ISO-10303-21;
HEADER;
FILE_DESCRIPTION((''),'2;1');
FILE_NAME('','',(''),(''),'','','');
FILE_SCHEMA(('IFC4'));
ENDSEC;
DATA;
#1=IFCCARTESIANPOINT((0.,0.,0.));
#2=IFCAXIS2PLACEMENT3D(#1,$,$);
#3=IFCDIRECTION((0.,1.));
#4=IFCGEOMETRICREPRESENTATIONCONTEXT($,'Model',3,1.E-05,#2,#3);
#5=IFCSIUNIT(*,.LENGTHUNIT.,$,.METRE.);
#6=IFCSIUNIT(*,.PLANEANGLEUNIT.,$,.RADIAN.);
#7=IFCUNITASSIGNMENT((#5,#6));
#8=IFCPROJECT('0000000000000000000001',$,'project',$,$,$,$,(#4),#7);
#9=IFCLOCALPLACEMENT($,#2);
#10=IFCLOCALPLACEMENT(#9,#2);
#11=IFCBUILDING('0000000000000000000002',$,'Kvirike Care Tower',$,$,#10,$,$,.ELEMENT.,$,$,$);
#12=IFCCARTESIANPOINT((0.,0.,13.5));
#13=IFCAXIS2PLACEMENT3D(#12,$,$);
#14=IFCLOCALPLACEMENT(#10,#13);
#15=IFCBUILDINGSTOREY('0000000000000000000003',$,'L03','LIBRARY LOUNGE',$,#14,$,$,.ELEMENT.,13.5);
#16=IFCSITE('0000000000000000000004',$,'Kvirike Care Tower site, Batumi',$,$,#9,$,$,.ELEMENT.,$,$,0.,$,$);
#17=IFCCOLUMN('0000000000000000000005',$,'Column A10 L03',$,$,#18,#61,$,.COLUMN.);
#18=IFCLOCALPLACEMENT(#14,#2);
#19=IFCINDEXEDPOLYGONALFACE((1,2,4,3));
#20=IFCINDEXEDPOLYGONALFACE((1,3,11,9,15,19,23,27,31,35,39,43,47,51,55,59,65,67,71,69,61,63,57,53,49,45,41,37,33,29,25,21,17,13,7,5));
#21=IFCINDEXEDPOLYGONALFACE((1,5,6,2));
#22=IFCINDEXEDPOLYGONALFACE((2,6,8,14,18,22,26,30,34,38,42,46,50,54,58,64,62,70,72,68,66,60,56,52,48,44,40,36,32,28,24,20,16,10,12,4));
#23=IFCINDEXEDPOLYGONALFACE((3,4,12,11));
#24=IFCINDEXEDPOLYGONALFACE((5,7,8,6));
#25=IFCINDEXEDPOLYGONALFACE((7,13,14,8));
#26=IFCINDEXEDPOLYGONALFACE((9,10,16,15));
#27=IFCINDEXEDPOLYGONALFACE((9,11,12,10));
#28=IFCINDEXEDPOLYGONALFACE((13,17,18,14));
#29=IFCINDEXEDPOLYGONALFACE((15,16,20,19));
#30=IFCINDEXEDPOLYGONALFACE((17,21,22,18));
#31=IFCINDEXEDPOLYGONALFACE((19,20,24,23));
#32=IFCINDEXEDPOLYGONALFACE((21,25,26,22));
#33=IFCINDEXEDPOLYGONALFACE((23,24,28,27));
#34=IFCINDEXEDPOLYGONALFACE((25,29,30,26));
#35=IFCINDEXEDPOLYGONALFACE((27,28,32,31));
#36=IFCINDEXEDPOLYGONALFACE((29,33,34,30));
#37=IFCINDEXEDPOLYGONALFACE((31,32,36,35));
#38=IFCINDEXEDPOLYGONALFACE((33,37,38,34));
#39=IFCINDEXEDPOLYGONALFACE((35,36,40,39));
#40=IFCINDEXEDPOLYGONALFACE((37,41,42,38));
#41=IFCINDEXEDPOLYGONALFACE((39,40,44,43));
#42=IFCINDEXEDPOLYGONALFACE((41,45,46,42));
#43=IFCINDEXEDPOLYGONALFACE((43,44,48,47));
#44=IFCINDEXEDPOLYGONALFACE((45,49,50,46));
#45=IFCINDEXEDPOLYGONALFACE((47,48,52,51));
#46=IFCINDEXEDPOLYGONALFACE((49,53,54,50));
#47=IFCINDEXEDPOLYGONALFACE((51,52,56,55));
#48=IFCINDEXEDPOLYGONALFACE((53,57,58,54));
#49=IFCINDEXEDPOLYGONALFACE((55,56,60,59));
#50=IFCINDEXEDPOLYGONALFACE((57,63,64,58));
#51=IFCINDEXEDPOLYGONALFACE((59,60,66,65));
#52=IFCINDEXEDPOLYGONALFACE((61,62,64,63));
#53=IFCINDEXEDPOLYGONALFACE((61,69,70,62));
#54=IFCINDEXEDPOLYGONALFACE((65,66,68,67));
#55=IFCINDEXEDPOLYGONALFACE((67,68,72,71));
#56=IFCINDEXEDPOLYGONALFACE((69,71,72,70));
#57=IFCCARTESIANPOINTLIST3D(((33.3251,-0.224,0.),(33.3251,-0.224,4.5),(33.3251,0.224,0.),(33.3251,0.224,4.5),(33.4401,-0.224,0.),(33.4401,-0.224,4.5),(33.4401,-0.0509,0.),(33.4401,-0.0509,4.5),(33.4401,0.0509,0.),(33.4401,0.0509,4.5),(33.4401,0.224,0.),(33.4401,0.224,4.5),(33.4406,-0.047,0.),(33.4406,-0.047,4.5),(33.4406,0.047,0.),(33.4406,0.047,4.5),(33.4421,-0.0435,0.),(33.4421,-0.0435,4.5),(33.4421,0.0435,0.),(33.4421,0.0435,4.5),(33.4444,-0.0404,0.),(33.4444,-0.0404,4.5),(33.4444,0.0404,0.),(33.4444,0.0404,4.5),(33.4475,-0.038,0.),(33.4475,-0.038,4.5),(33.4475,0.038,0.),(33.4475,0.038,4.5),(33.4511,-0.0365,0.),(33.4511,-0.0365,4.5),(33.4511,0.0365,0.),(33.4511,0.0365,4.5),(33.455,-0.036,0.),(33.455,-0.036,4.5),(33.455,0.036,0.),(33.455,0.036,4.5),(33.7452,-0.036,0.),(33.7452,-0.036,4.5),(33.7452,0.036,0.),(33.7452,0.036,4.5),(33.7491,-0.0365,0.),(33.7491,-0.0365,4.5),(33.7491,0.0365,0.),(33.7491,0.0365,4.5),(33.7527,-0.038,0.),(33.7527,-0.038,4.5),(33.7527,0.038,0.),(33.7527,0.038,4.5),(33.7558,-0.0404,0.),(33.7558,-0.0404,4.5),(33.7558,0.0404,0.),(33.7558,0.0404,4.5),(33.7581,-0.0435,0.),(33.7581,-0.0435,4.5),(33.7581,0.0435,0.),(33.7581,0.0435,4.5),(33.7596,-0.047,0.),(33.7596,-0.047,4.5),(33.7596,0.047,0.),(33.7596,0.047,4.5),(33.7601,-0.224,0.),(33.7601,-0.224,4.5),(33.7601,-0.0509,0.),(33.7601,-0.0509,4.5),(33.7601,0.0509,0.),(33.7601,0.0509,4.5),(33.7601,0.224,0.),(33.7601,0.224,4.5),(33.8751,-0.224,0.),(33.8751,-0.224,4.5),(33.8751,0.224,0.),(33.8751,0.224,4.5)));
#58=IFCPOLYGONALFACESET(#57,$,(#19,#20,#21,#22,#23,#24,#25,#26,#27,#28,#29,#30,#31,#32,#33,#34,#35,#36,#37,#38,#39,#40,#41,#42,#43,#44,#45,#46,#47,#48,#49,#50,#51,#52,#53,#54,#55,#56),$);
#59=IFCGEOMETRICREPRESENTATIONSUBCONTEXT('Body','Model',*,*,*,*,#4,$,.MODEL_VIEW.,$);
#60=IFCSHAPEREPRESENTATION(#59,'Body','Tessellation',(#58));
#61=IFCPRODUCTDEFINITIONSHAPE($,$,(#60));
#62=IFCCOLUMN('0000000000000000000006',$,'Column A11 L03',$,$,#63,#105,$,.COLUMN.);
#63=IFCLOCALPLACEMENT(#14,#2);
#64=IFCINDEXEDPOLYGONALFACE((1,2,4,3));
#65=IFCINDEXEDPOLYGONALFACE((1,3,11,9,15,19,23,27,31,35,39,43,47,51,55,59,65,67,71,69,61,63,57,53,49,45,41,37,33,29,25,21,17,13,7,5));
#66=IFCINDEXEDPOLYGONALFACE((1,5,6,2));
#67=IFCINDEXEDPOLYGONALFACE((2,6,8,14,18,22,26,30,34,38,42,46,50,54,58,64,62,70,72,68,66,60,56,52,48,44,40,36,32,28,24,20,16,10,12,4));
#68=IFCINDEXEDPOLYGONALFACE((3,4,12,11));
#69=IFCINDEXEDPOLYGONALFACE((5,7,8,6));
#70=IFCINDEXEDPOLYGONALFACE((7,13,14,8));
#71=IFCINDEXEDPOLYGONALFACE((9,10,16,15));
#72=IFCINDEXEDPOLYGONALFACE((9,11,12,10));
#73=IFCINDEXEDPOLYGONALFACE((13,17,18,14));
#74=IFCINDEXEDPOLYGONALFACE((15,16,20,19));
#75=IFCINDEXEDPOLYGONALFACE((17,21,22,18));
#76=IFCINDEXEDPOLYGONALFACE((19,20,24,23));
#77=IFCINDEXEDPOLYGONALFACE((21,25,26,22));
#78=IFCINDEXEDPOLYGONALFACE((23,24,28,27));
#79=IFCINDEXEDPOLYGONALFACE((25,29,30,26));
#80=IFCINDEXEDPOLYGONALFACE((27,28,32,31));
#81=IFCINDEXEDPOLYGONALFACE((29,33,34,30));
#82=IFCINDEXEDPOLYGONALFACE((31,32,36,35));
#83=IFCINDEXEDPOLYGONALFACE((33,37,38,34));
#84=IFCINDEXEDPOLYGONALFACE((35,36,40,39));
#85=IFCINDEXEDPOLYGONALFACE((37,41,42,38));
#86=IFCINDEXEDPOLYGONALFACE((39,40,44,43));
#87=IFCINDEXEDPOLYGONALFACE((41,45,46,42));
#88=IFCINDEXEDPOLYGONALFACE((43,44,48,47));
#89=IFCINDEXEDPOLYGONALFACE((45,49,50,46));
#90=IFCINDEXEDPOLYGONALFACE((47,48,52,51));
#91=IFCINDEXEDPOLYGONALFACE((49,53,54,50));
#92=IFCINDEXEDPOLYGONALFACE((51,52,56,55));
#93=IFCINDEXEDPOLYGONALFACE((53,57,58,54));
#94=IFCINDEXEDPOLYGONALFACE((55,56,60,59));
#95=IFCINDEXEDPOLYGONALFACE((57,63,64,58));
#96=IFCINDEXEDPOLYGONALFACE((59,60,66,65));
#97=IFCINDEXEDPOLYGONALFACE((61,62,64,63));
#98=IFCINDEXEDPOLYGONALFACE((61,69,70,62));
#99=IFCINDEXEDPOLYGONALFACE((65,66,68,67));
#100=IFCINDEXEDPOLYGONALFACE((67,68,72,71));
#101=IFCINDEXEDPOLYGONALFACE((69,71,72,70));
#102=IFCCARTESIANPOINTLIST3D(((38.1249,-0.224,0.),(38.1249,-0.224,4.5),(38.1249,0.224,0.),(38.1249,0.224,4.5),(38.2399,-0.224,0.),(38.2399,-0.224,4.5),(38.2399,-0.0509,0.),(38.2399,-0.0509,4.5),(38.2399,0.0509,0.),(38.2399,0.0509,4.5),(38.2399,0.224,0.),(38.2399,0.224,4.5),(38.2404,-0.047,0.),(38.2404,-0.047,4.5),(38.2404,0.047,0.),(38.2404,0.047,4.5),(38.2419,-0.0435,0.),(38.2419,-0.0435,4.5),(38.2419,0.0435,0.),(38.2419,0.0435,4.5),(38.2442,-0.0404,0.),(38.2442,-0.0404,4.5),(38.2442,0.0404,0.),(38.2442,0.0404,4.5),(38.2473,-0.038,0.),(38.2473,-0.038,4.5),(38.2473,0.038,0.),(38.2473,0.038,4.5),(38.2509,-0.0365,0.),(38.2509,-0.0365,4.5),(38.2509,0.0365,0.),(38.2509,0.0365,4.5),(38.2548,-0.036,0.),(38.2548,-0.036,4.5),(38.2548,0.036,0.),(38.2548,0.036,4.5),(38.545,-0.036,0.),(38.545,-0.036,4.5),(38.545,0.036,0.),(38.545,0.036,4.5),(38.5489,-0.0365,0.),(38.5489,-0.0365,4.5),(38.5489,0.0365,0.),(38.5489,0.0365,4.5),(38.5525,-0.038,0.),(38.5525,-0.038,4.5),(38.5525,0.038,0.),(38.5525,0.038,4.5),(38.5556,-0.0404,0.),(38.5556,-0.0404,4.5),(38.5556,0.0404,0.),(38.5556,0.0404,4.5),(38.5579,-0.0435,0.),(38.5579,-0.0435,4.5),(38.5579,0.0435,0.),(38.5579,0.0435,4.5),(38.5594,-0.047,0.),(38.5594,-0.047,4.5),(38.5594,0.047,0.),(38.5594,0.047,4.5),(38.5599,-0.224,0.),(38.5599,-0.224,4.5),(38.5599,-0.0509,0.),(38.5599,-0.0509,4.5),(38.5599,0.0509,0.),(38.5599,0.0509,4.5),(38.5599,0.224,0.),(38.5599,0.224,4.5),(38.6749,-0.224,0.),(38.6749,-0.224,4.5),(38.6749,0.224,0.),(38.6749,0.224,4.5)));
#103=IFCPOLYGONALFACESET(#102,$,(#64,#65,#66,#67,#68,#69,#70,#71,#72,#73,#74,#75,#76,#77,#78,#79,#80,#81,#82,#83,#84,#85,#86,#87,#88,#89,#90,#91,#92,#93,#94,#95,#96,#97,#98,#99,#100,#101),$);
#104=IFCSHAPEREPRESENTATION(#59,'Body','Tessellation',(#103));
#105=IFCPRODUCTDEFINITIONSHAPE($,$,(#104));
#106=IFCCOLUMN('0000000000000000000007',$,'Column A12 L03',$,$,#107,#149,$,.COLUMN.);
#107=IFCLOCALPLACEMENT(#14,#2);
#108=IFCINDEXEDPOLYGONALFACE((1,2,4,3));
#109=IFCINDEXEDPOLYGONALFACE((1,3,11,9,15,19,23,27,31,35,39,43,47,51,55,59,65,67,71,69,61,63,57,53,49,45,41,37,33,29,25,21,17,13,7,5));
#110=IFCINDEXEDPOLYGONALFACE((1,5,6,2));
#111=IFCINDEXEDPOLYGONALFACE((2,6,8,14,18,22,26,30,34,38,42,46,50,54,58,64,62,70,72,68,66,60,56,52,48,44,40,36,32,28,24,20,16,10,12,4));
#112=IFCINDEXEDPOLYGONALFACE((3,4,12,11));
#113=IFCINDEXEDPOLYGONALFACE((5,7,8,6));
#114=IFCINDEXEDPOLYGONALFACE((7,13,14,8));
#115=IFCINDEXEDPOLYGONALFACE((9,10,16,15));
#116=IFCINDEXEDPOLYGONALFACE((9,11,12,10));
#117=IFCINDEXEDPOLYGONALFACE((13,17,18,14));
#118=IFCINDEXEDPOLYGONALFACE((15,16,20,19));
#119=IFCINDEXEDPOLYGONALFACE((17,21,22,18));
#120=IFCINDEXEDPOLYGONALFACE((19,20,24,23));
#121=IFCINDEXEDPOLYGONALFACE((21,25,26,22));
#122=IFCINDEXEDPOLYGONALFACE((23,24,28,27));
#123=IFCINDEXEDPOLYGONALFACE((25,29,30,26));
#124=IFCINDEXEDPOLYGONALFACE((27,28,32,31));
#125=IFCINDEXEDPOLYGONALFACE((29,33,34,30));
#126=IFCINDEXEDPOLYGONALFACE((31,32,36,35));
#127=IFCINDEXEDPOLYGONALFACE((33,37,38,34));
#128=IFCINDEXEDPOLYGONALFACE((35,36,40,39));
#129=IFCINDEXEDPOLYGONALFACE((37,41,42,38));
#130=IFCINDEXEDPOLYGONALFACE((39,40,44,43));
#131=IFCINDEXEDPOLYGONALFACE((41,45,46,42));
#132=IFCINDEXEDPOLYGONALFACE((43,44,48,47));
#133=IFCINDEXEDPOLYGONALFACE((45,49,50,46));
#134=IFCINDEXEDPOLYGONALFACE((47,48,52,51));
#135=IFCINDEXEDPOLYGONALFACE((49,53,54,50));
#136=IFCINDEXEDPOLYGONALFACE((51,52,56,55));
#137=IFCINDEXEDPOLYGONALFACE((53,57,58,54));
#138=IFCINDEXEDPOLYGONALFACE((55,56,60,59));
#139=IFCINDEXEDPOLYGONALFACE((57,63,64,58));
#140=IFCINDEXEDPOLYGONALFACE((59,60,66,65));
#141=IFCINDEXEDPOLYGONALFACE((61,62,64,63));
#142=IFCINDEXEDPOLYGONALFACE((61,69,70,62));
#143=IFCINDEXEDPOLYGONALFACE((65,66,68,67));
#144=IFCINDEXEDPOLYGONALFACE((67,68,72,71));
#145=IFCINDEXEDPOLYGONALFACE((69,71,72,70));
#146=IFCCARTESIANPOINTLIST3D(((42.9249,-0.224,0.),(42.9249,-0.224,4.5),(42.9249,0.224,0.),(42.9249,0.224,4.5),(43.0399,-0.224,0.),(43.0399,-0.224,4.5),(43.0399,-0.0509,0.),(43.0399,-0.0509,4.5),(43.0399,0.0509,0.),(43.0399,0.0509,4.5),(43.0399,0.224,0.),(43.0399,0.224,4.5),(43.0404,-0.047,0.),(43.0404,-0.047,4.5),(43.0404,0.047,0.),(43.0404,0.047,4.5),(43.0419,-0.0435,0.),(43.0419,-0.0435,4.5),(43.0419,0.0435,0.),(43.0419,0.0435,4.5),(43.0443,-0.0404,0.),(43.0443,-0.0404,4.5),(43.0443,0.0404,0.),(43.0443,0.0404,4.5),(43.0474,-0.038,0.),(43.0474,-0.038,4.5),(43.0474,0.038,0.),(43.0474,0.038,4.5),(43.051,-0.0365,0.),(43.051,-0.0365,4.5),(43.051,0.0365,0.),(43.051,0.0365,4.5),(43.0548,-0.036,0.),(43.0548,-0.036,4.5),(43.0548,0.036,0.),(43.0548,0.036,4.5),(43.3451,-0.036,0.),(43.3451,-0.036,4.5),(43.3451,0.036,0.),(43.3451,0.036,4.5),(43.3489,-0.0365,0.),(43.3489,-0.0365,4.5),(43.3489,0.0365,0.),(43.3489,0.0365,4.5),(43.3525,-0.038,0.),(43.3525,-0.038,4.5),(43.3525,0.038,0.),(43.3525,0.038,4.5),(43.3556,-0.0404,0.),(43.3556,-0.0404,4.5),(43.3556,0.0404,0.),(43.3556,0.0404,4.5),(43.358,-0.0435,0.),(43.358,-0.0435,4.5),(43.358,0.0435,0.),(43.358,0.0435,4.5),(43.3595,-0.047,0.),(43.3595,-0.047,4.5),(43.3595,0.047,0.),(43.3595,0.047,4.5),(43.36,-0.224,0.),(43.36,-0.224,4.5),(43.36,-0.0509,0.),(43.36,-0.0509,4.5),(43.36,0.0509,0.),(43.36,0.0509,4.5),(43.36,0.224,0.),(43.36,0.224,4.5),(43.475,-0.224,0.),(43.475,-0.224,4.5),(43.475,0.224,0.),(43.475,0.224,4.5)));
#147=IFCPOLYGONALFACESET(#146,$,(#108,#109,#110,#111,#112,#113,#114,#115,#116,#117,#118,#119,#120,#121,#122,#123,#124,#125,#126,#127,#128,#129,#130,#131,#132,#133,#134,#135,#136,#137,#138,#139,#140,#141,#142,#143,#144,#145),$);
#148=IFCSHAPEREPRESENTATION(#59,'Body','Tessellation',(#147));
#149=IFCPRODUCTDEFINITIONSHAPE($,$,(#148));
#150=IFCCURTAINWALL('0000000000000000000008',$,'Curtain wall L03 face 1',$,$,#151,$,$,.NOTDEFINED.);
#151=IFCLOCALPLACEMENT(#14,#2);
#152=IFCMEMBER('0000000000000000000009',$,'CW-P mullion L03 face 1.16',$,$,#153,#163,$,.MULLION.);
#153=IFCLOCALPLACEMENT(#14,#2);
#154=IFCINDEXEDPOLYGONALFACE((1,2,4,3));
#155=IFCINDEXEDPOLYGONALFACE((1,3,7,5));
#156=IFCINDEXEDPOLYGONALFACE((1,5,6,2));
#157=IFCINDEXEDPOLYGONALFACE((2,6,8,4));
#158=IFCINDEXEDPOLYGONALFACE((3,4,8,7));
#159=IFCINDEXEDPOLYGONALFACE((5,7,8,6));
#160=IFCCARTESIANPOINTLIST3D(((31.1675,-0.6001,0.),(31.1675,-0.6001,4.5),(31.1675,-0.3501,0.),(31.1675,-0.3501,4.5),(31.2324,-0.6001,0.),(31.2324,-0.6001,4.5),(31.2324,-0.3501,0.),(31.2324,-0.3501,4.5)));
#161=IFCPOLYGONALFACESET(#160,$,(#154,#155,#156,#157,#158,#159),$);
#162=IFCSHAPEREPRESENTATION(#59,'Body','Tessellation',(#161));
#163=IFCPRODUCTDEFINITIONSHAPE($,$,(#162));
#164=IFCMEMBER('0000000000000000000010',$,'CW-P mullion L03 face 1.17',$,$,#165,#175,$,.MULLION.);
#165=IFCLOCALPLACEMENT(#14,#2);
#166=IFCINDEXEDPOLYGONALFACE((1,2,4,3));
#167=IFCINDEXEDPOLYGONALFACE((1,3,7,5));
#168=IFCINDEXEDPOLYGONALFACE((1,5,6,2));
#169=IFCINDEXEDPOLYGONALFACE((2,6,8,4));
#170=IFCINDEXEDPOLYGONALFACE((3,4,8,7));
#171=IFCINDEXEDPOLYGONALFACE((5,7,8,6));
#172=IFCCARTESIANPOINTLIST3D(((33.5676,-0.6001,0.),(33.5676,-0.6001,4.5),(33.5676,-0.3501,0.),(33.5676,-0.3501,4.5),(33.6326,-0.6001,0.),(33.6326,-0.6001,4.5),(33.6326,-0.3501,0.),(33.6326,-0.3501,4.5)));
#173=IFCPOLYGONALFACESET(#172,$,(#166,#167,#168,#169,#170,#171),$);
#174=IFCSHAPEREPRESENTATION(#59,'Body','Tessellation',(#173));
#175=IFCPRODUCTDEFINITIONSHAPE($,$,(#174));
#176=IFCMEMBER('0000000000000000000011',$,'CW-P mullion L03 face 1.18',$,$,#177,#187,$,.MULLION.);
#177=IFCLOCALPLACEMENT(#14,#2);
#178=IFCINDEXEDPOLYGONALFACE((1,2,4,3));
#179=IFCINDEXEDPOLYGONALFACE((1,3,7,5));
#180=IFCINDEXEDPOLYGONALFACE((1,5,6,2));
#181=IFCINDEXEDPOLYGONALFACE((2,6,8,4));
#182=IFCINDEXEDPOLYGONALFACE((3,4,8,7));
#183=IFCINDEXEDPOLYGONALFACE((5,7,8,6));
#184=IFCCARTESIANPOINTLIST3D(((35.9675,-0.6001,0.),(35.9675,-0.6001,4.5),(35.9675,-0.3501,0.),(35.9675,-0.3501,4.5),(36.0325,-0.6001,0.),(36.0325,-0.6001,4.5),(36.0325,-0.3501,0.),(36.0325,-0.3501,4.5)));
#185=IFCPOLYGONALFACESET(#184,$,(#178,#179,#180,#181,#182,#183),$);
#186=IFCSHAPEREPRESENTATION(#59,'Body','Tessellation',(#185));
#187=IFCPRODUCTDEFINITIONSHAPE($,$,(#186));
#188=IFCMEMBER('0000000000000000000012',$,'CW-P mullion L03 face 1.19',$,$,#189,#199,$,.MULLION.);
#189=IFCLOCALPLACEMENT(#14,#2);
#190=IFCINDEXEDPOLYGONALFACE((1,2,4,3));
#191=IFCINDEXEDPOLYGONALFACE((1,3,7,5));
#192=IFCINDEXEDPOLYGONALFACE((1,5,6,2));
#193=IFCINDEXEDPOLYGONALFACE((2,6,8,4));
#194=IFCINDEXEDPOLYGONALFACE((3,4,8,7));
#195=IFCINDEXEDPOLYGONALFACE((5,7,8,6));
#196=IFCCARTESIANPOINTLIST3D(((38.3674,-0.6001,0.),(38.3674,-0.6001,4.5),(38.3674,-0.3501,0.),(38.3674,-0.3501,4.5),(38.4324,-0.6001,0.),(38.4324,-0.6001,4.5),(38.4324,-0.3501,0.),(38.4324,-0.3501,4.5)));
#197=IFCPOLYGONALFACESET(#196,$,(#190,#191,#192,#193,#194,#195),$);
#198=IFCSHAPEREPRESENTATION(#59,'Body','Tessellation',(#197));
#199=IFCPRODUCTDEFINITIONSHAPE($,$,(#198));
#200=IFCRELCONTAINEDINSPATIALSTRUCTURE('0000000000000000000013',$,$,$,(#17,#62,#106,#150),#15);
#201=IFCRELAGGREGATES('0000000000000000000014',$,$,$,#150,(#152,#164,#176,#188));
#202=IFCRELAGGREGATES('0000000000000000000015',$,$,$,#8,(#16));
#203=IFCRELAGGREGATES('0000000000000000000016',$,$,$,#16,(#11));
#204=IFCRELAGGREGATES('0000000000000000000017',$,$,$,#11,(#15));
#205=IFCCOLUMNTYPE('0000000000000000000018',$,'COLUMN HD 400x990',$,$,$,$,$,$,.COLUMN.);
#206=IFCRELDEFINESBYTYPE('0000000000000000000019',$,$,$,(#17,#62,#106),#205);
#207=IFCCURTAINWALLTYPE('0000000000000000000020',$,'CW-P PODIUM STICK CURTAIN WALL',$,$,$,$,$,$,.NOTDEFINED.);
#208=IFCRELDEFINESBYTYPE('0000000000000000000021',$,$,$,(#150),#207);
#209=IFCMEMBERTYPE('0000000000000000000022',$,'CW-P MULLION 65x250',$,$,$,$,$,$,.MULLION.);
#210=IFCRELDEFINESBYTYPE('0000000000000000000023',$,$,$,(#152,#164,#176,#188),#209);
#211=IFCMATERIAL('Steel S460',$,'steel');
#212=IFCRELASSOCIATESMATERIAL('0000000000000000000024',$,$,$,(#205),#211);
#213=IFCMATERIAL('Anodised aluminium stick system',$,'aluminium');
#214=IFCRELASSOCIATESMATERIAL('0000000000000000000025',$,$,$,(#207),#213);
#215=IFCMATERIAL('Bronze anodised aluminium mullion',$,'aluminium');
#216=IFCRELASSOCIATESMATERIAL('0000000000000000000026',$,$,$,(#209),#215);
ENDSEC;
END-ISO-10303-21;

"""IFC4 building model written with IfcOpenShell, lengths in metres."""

from ifc_helpers import new_model, si_unit, direction, frame, origin, origin_2d, place, context, subcontext, project, spatial, rectangle, i_section, extrude, material, material_profile, profile_set, type_object, element, aggregate, save


model = new_model("IFC4")

# Units and contexts
model_context = context("Model", 3, precision=1e-05, world=origin(), true_north=direction((0.0, 1.0)))
body_context = subcontext(model_context, "Body", "Model", "MODEL_VIEW")
ifc_project = project(units=[si_unit("LENGTHUNIT", "METRE"), si_unit("PLANEANGLEUNIT", "RADIAN")], contexts=[model_context])

# Site, building, storey
site_placement = place(None, origin())
site = spatial("IfcSite", under=ifc_project, at=site_placement, Name="Kvirike Care Tower site, Batumi", CompositionType="ELEMENT", RefElevation=0.0)
building_placement = place(site_placement, origin())
building = spatial("IfcBuilding", under=site, at=building_placement, Name="Kvirike Care Tower", CompositionType="ELEMENT")
storey_placement = place(building_placement, frame((0.0, 0.0, 13.5)))
storey = spatial("IfcBuildingStorey", under=building, at=storey_placement, Name="L03", Description="LIBRARY LOUNGE", CompositionType="ELEMENT", Elevation=13.5)

# Columns
ifc_material_1 = material(Name="Steel S460", Category="steel")
ifc_material_profile_1 = material_profile(ifc_material_1, i_section(OverallWidth=0.448, OverallDepth=0.55, WebThickness=0.072, FlangeThickness=0.115, FilletRadius=0.0149, at=origin_2d()), Name="HD 400x990")
ifc_profile_set_1 = profile_set([ifc_material_profile_1], Name="Steel S460")
column_type = type_object("IfcColumnType", Name="COLUMN HD 400x990", PredefinedType="COLUMN", material=ifc_profile_set_1)
for number, where, z_axis, x_axis, name in (
    (1, (33.6001, 0.0, 0.0), (0.0, 0.0, 1.0), (0.0, 1.0, 0.0), "Column A10 L03"),
    (2, (38.3999, 0.0, 0.0), (0.0, 0.0, 1.0), (0.0, 1.0, 0.0), "Column A11 L03"),
    (3, (43.2, 0.0, 0.0), (0.0, 0.0, 1.0), (0.0, 1.0, 0.0), "Column A12 L03"),
):
    element("IfcColumn", number, at=place(storey_placement, frame(where, z_axis=z_axis, x_axis=x_axis)), inside=storey, type_object=column_type, Name=name, PredefinedType="COLUMN", context=body_context, shape_type="SweptSolid", body=[
        extrude(i_section(OverallWidth=0.448, OverallDepth=0.55, WebThickness=0.072, FlangeThickness=0.115, FilletRadius=0.0149, at=origin_2d()), origin(), (0.0, 0.0, 1.0), 4.5),
    ])

# Curtain wall, members
ifc_material_2 = material(Name="Anodised aluminium stick system", Category="aluminium")
curtain_wall_type = type_object("IfcCurtainWallType", Name="CW-P PODIUM STICK CURTAIN WALL", PredefinedType="NOTDEFINED", material=ifc_material_2)
curtain_wall_placement = place(storey_placement, origin())
curtain_wall = element("IfcCurtainWall", 4, at=curtain_wall_placement, inside=storey, type_object=curtain_wall_type, Name="Curtain wall L03 face 1", PredefinedType="NOTDEFINED")
ifc_material_3 = material(Name="Bronze anodised aluminium mullion", Category="aluminium")
ifc_material_profile_2 = material_profile(ifc_material_3, rectangle(XDim=0.0649, YDim=0.25, at=origin_2d()), Name="CW-P MULLION 65x250")
ifc_profile_set_2 = profile_set([ifc_material_profile_2], Name="Bronze anodised aluminium mullion")
member_type_1 = type_object("IfcMemberType", Name="CW-P MULLION 65x250", PredefinedType="MULLION", material=ifc_profile_set_2)
member_1_placement = place(storey_placement, frame((31.2, -0.4751, 0.0), z_axis=(0.0, 0.0, 1.0), x_axis=(1.0, 0.0, 0.0)))
member_1 = element("IfcMember", 5, at=member_1_placement, type_object=member_type_1, Name="CW-P mullion L03 face 1.16", PredefinedType="MULLION", context=body_context, shape_type="SweptSolid", body=[
    extrude(rectangle(XDim=0.0649, YDim=0.25, at=origin_2d()), origin(), (0.0, 0.0, 1.0), 4.5),
])
member_2_placement = place(storey_placement, frame((33.6001, -0.4751, 0.0), z_axis=(0.0, 0.0, 1.0), x_axis=(1.0, 0.0, 0.0)))
member_2 = element("IfcMember", 6, at=member_2_placement, type_object=member_type_1, Name="CW-P mullion L03 face 1.17", PredefinedType="MULLION", context=body_context, shape_type="SweptSolid", body=[
    extrude(rectangle(XDim=0.0649, YDim=0.25, at=origin_2d()), origin(), (0.0, 0.0, 1.0), 4.5),
])
member_3_placement = place(storey_placement, frame((36.0, -0.4751, 0.0), z_axis=(0.0, 0.0, 1.0), x_axis=(1.0, 0.0, 0.0)))
member_3 = element("IfcMember", 7, at=member_3_placement, type_object=member_type_1, Name="CW-P mullion L03 face 1.18", PredefinedType="MULLION", context=body_context, shape_type="SweptSolid", body=[
    extrude(rectangle(XDim=0.0649, YDim=0.25, at=origin_2d()), origin(), (0.0, 0.0, 1.0), 4.5),
])
member_4_placement = place(storey_placement, frame((38.3999, -0.4751, 0.0), z_axis=(0.0, 0.0, 1.0), x_axis=(1.0, 0.0, 0.0)))
member_4 = element("IfcMember", 8, at=member_4_placement, type_object=member_type_1, Name="CW-P mullion L03 face 1.19", PredefinedType="MULLION", context=body_context, shape_type="SweptSolid", body=[
    extrude(rectangle(XDim=0.0649, YDim=0.25, at=origin_2d()), origin(), (0.0, 0.0, 1.0), 4.5),
])

aggregate(curtain_wall, [member_1, member_2, member_3, member_4])

save(model, "model.ifc")
